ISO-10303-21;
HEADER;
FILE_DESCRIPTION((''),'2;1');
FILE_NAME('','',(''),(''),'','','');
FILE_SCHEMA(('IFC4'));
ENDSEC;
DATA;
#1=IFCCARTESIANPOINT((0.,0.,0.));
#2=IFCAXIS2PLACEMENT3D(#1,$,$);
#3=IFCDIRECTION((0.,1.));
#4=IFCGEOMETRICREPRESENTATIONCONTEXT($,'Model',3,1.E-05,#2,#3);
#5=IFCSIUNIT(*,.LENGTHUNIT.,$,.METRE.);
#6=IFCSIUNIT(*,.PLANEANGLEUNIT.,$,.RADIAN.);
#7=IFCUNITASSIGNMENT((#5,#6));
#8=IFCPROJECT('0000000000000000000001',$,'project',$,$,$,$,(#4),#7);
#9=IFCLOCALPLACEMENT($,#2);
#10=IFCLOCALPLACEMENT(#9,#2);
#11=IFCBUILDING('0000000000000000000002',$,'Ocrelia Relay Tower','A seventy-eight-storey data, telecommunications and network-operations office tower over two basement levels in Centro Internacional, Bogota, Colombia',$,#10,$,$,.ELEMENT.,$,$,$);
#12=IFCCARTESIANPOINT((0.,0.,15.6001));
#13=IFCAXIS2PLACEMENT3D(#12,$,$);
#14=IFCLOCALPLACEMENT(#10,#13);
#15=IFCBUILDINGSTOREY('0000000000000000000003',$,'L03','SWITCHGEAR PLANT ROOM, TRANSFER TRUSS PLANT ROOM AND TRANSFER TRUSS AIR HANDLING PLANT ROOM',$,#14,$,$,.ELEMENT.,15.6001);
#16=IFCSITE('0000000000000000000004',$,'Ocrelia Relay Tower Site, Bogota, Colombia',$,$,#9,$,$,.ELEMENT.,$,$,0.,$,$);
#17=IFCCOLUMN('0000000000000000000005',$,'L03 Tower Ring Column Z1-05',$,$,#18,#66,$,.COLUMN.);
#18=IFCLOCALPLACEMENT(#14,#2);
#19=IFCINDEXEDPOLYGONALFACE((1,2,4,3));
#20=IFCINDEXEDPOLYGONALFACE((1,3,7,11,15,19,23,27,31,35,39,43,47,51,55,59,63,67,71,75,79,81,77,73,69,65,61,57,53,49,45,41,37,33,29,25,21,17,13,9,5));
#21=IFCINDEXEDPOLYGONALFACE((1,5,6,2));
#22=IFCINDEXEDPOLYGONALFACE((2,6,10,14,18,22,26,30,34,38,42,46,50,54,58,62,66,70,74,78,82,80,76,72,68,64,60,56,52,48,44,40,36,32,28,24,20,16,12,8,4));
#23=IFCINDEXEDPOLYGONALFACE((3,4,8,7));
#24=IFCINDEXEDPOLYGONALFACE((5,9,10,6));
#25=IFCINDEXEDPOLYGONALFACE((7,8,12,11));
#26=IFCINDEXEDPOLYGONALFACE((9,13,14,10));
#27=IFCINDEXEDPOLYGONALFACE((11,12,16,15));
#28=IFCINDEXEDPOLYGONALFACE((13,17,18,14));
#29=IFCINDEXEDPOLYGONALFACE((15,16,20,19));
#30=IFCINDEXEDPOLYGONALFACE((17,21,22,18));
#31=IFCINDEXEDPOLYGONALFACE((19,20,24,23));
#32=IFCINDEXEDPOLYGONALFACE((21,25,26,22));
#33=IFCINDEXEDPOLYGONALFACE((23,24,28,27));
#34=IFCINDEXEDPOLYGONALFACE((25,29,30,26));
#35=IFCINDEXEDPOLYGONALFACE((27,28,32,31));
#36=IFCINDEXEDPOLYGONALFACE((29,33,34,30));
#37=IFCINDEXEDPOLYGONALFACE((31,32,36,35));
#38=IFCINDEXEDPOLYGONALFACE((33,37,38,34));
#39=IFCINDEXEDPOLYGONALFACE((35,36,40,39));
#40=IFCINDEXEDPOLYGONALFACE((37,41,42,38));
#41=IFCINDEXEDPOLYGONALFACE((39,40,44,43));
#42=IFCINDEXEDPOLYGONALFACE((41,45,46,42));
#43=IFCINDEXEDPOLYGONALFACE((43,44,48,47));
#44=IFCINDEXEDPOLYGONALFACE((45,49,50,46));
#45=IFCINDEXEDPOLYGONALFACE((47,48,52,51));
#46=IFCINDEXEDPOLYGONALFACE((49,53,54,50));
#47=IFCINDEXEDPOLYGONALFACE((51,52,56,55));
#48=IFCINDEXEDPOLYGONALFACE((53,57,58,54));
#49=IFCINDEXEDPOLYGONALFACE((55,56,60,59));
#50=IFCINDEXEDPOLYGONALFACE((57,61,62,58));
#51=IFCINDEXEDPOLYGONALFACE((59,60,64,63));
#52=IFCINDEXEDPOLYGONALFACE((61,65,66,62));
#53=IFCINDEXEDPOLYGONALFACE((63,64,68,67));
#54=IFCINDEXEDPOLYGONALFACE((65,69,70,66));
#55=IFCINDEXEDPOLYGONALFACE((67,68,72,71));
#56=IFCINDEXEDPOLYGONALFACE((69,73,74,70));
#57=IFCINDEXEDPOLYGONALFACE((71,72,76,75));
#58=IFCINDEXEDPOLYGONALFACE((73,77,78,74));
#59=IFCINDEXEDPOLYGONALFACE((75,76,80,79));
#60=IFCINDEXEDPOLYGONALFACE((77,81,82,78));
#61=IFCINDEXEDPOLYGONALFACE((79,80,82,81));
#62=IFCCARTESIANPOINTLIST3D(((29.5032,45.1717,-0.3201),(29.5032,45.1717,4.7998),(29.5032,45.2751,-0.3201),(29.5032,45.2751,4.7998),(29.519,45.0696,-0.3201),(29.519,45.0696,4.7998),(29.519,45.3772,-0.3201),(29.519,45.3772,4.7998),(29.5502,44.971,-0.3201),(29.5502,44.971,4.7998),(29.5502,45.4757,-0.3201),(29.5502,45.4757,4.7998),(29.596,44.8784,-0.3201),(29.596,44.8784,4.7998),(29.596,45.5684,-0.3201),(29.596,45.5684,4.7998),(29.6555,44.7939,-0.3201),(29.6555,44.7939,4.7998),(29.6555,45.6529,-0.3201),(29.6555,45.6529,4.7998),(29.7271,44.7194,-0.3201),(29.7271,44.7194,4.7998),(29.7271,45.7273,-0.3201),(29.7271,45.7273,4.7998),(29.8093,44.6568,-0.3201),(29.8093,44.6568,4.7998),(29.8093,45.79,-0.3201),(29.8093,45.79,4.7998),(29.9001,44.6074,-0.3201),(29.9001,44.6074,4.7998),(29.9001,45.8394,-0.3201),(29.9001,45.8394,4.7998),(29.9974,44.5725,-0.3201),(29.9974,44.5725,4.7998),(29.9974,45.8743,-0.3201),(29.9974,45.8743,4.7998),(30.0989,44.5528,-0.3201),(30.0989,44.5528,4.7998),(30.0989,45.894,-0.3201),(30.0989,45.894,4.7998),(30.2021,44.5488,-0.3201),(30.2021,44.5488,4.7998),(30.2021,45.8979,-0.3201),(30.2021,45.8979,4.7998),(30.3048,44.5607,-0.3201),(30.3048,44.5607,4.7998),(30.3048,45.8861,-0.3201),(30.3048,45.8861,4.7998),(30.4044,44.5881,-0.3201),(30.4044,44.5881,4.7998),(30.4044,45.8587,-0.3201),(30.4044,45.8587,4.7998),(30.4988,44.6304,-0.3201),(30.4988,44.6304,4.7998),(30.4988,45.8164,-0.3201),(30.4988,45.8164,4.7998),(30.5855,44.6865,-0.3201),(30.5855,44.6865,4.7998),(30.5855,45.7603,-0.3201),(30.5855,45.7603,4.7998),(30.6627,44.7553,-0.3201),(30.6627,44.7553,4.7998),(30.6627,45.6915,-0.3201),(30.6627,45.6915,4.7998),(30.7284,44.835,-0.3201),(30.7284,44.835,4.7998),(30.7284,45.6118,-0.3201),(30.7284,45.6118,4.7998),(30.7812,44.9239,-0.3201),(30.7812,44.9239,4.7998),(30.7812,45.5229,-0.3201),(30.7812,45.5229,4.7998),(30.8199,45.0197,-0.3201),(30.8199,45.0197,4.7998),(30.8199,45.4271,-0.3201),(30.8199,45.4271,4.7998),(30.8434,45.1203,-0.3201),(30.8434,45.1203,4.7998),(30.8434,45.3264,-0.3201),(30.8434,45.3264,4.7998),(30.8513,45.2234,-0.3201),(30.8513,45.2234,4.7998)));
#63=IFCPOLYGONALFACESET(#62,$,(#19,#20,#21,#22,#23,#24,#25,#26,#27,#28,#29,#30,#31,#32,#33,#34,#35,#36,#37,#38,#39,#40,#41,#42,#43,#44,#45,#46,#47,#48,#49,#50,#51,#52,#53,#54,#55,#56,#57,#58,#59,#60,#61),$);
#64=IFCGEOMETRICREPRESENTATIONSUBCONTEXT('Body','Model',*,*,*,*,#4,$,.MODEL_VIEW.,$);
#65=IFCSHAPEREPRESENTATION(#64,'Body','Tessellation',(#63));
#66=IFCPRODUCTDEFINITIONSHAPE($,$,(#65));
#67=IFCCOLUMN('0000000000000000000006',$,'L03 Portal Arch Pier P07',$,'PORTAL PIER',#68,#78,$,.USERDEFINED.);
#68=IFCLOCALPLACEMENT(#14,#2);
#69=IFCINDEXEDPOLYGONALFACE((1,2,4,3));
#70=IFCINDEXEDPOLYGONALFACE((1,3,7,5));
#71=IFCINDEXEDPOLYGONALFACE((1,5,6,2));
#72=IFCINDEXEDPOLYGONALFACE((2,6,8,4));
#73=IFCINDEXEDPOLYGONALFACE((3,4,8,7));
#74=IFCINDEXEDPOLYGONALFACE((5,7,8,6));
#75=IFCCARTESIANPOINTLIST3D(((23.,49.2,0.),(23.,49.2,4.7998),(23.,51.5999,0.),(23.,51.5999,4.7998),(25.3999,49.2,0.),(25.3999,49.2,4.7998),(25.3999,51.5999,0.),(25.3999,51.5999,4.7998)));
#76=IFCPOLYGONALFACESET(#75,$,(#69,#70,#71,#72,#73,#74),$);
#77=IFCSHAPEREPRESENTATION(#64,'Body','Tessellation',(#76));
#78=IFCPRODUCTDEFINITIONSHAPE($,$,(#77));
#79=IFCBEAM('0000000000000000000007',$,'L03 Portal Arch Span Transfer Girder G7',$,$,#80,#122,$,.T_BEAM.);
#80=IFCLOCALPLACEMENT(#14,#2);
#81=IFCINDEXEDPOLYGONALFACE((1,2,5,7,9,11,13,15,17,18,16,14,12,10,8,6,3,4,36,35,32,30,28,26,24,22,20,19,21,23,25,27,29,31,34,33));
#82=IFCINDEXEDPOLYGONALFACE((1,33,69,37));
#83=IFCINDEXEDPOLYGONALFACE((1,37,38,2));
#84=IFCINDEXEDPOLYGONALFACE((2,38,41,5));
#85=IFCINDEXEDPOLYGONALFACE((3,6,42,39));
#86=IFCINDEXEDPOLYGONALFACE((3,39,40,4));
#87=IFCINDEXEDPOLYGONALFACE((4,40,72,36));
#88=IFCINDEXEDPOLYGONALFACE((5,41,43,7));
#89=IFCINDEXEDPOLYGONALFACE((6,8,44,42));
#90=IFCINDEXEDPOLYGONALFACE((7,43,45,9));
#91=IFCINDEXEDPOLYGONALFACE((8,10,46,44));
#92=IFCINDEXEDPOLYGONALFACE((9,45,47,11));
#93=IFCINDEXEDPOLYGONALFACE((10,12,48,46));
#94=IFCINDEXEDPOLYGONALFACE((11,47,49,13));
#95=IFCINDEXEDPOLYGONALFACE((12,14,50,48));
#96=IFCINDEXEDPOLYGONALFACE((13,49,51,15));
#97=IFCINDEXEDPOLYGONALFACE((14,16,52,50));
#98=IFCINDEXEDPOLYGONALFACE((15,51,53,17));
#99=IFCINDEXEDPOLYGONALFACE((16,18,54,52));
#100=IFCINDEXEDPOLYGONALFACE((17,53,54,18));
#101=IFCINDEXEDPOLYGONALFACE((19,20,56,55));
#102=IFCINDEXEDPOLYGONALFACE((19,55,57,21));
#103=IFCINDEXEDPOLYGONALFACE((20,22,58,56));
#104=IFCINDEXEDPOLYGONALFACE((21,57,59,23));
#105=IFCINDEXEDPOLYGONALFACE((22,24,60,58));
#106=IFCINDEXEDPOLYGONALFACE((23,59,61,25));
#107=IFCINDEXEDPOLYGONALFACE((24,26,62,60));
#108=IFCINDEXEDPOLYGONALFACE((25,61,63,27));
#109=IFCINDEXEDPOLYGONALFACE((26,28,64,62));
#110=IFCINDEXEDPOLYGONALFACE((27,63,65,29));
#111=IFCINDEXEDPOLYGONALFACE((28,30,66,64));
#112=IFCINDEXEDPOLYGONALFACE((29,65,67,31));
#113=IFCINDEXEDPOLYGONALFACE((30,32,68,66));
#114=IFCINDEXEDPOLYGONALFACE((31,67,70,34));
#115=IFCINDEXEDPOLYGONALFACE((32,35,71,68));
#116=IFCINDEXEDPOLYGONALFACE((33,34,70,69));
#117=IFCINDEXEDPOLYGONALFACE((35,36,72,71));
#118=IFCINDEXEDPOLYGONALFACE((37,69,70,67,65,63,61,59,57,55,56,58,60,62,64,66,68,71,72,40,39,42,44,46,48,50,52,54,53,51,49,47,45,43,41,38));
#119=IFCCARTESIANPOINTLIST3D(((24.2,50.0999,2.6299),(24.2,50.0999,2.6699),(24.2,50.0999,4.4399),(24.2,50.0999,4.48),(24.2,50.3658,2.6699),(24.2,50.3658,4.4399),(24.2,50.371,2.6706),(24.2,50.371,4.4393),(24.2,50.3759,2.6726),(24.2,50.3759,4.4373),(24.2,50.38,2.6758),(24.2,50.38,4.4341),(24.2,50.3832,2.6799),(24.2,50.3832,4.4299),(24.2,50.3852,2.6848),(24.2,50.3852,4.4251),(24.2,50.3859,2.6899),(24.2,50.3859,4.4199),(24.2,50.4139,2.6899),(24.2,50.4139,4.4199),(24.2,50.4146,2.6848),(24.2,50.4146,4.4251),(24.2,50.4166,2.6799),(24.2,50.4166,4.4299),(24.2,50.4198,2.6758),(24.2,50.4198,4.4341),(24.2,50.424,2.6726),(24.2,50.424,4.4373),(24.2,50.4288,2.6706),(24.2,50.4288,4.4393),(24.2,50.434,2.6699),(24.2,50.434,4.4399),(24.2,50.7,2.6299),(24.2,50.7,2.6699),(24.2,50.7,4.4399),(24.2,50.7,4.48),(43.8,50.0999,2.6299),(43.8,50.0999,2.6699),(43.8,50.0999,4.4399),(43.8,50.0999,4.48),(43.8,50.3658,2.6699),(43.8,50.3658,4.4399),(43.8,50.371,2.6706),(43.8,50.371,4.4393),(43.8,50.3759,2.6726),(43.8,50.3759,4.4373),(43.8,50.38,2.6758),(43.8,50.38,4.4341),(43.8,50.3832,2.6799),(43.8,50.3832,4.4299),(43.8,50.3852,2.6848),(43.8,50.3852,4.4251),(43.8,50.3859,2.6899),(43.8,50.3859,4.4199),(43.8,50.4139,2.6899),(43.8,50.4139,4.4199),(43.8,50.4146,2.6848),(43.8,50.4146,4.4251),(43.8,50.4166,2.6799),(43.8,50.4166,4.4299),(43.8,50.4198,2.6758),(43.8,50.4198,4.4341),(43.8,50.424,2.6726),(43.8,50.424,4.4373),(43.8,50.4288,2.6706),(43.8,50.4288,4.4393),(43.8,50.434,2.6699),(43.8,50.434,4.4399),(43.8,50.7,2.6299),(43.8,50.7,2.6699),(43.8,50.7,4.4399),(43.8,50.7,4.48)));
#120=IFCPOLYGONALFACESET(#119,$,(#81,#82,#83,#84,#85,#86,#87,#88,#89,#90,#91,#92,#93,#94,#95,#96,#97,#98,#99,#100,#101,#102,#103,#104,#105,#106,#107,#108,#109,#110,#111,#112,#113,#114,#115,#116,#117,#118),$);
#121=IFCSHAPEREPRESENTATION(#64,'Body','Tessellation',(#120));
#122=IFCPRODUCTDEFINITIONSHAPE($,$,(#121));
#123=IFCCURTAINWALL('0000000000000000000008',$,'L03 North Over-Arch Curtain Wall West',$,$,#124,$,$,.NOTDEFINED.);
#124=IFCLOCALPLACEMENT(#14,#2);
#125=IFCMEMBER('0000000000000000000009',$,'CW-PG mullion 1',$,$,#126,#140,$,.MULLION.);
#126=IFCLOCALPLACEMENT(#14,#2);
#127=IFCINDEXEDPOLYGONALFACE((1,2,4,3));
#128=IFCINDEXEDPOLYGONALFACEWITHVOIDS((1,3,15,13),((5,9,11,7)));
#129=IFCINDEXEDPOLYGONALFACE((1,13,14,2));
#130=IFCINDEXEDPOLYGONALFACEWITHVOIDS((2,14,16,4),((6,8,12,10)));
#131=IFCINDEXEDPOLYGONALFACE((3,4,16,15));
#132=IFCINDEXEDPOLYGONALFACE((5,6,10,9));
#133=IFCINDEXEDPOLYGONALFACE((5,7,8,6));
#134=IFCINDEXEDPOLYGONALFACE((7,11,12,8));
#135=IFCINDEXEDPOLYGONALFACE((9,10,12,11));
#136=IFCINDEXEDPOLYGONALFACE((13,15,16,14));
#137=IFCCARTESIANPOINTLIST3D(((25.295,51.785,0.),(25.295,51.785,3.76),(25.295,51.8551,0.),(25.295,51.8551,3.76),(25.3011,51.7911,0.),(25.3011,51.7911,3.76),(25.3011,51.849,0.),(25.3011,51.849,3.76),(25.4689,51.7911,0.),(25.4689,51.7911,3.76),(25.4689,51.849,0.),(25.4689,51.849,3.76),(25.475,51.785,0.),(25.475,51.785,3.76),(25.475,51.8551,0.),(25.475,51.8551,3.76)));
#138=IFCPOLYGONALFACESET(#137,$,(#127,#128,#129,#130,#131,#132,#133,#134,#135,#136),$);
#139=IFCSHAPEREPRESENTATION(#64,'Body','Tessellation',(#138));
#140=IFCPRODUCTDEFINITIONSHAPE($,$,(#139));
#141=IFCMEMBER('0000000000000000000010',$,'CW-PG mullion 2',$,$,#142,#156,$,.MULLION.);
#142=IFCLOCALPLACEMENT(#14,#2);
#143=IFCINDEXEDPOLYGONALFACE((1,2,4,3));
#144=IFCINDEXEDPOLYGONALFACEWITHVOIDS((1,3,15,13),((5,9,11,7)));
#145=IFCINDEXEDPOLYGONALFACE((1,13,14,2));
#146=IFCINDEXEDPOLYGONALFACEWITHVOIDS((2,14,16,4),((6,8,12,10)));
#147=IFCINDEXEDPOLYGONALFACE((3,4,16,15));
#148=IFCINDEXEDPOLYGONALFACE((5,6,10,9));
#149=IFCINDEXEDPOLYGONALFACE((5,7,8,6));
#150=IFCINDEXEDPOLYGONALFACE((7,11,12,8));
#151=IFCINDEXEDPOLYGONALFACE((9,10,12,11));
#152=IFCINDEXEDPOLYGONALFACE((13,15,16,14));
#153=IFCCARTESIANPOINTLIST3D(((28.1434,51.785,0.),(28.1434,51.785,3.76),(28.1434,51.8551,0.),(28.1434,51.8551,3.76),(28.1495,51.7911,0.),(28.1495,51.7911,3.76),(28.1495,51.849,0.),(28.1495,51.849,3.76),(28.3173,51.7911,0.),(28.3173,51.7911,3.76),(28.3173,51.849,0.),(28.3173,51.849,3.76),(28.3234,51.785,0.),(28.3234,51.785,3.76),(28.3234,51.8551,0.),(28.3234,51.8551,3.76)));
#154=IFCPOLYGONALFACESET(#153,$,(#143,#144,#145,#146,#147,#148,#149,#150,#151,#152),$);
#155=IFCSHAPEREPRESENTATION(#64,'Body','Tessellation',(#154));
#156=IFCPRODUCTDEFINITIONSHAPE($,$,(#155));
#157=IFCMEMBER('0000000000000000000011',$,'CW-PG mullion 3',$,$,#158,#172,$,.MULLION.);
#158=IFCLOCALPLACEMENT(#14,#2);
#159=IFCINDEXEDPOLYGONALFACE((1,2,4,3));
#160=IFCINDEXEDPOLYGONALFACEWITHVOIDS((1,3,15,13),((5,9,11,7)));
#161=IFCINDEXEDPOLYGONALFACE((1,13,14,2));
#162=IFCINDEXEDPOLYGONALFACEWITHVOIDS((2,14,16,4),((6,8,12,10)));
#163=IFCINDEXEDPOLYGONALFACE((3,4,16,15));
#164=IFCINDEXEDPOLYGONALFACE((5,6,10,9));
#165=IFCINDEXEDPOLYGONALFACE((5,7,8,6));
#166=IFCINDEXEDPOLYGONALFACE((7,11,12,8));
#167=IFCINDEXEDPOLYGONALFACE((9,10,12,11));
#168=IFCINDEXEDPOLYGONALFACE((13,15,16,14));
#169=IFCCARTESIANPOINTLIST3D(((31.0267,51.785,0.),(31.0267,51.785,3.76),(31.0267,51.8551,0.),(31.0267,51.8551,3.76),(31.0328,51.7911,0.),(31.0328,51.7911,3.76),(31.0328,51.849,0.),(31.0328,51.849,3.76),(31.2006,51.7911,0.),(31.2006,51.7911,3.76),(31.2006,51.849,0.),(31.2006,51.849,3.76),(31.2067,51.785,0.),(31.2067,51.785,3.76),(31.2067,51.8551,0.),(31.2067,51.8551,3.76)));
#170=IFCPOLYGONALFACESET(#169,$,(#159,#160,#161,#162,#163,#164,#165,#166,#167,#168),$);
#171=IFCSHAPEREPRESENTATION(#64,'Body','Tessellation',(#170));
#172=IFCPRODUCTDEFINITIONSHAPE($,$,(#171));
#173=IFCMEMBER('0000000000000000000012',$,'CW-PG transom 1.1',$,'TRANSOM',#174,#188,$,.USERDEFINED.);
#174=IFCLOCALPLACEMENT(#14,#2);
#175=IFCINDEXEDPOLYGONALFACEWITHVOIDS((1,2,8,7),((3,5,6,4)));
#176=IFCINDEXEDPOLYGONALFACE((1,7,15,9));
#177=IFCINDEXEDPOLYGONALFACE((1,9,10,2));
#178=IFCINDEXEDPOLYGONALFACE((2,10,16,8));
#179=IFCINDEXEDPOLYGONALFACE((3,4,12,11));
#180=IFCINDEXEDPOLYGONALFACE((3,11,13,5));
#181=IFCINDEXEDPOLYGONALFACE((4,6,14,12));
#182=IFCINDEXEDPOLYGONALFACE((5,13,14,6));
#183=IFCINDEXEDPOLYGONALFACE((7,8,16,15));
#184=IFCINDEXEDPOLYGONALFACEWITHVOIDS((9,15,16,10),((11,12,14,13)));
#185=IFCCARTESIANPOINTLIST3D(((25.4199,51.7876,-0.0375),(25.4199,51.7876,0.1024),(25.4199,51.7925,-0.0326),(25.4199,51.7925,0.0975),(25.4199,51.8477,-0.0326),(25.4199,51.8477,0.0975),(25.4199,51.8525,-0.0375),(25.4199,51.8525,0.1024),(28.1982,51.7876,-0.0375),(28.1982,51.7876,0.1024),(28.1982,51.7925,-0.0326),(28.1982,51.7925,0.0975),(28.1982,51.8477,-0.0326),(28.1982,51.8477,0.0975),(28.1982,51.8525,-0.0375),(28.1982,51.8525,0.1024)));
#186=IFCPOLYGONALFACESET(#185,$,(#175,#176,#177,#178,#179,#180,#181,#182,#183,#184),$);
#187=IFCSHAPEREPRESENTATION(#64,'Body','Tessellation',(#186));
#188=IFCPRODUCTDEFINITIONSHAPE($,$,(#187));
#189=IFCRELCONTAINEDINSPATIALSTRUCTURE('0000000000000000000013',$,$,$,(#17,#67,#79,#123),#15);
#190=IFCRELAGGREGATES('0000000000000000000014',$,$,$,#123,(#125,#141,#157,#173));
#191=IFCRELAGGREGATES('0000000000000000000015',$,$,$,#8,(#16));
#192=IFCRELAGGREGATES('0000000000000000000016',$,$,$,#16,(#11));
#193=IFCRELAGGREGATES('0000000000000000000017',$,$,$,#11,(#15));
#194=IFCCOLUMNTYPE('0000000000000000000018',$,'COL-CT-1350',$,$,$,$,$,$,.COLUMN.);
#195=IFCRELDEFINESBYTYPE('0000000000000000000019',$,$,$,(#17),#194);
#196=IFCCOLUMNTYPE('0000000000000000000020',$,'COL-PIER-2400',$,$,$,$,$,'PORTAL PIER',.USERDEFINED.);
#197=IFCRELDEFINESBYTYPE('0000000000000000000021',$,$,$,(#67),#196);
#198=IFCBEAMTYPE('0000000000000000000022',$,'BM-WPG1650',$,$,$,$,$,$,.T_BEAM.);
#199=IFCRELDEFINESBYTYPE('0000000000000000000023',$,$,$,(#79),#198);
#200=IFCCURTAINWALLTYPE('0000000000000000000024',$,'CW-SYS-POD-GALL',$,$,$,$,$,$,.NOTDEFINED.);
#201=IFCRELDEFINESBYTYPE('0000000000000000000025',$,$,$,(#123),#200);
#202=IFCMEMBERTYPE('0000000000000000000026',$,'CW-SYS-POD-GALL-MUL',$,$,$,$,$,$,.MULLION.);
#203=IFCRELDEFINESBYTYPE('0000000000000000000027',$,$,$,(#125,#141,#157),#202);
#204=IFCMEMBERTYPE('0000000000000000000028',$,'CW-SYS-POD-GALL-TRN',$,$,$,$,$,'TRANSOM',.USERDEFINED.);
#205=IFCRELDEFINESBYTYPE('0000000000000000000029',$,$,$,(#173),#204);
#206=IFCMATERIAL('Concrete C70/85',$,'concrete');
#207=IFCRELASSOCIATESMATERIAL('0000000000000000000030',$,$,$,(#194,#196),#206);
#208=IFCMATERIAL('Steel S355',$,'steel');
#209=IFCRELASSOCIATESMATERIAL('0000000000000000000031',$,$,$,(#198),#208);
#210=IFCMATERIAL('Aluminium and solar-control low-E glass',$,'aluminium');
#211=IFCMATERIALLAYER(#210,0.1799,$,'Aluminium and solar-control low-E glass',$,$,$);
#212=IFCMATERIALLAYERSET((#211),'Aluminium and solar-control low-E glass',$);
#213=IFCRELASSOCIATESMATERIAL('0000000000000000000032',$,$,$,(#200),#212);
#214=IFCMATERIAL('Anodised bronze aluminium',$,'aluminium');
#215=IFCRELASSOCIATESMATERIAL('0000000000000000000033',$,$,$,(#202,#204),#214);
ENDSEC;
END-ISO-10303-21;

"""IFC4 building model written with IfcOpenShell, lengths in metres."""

from ifc_helpers import new_model, si_unit, direction, frame, origin, origin_2d, place, context, subcontext, project, spatial, rectangle, hollow_rectangle, circle, i_section, extrude, material, layer, layer_set, material_profile, profile_set, type_object, element, aggregate, save


model = new_model("IFC4")

# Units and contexts
model_context = context("Model", 3, precision=1e-05, world=origin(), true_north=direction((0.0, 1.0)))
body_context = subcontext(model_context, "Body", "Model", "MODEL_VIEW")
ifc_project = project(units=[si_unit("LENGTHUNIT", "METRE"), si_unit("PLANEANGLEUNIT", "RADIAN")], contexts=[model_context])

# Site, building, storey
site_placement = place(None, origin())
site = spatial("IfcSite", under=ifc_project, at=site_placement, Name="Ocrelia Relay Tower Site, Bogota, Colombia", CompositionType="ELEMENT", RefElevation=0.0)
building_placement = place(site_placement, origin())
building = spatial("IfcBuilding", under=site, at=building_placement, Name="Ocrelia Relay Tower", Description="A seventy-eight-storey data, telecommunications and network-operations office tower over two basement levels in Centro Internacional, Bogota, Colombia", CompositionType="ELEMENT")
storey_placement = place(building_placement, frame((0.0, 0.0, 15.6001)))
storey = spatial("IfcBuildingStorey", under=building, at=storey_placement, Name="L03", Description="SWITCHGEAR PLANT ROOM, TRANSFER TRUSS PLANT ROOM AND TRANSFER TRUSS AIR HANDLING PLANT ROOM", CompositionType="ELEMENT", Elevation=15.6001)

# Columns
ifc_material_1 = material(Name="Concrete C70/85", Category="concrete")
ifc_material_profile_1 = material_profile(ifc_material_1, circle(Radius=0.675, at=origin_2d()), Name="RC-CIR-1350")
ifc_profile_set_1 = profile_set([ifc_material_profile_1], Name="Concrete C70/85")
column_type_1 = type_object("IfcColumnType", Name="COL-CT-1350", PredefinedType="COLUMN", material=ifc_profile_set_1)
column_1_placement = place(storey_placement, frame((30.1763, 45.2234, -0.3201), z_axis=(0.0, 0.0, 1.0), x_axis=(1.0, 0.0, 0.0)))
element("IfcColumn", 1, at=column_1_placement, inside=storey, type_object=column_type_1, Name="L03 Tower Ring Column Z1-05", PredefinedType="COLUMN", context=body_context, shape_type="SweptSolid", body=[
    extrude(circle(Radius=0.675, at=origin_2d()), origin(), (0.0, 0.0, 1.0), 5.1199),
])
ifc_material_profile_2 = material_profile(ifc_material_1, rectangle(XDim=2.3999, YDim=2.3999, at=origin_2d()), Name="RC-PIER-2400x2400")
ifc_profile_set_2 = profile_set([ifc_material_profile_2], Name="Concrete C70/85")
column_type_2 = type_object("IfcColumnType", Name="COL-PIER-2400", ElementType="PORTAL PIER", PredefinedType="USERDEFINED", material=ifc_profile_set_2)
column_2_placement = place(storey_placement, frame((24.2, 50.3999, 0.0), z_axis=(0.0, 0.0, 1.0), x_axis=(1.0, 0.0, 0.0)))
element("IfcColumn", 2, at=column_2_placement, inside=storey, type_object=column_type_2, Name="L03 Portal Arch Pier P07", ObjectType="PORTAL PIER", PredefinedType="USERDEFINED", context=body_context, shape_type="SweptSolid", body=[
    extrude(rectangle(XDim=2.3999, YDim=2.3999, at=origin_2d()), origin(), (0.0, 0.0, 1.0), 4.7998),
])

# Beam
ifc_material_2 = material(Name="Steel S355", Category="steel")
ifc_material_profile_3 = material_profile(ifc_material_2, i_section(OverallWidth=0.6001, OverallDepth=1.8501, WebThickness=0.0281, FlangeThickness=0.04, FilletRadius=0.02, at=origin_2d()), Name="WPG 1850x600")
ifc_profile_set_3 = profile_set([ifc_material_profile_3], Name="Steel S355")
beam_type = type_object("IfcBeamType", Name="BM-WPG1650", PredefinedType="T_BEAM", material=ifc_profile_set_3)
beam_placement = place(storey_placement, frame((24.2, 50.3999, 3.5549), z_axis=(1.0, 0.0, 0.0), x_axis=(0.0, 1.0, 0.0)))
element("IfcBeam", 3, at=beam_placement, inside=storey, type_object=beam_type, Name="L03 Portal Arch Span Transfer Girder G7", PredefinedType="T_BEAM", context=body_context, shape_type="SweptSolid", body=[
    extrude(i_section(OverallWidth=0.6001, OverallDepth=1.8501, WebThickness=0.0281, FlangeThickness=0.04, FilletRadius=0.02, at=origin_2d()), origin(), (0.0, 0.0, 1.0), 19.6001),
])

# Curtain wall, members
ifc_material_3 = material(Name="Aluminium and solar-control low-E glass", Category="aluminium")
ifc_layer_1 = layer(ifc_material_3, 0.1799, Name="Aluminium and solar-control low-E glass")
ifc_layer_set_1 = layer_set([ifc_layer_1], Name="Aluminium and solar-control low-E glass")
curtain_wall_type = type_object("IfcCurtainWallType", Name="CW-SYS-POD-GALL", PredefinedType="NOTDEFINED", material=ifc_layer_set_1)
curtain_wall_placement = place(storey_placement, origin())
curtain_wall = element("IfcCurtainWall", 4, at=curtain_wall_placement, inside=storey, type_object=curtain_wall_type, Name="L03 North Over-Arch Curtain Wall West", PredefinedType="NOTDEFINED")
ifc_material_4 = material(Name="Anodised bronze aluminium", Category="aluminium")
ifc_material_profile_4 = material_profile(ifc_material_4, hollow_rectangle(XDim=0.0701, YDim=0.1799, WallThickness=0.0061, at=origin_2d()), Name="CW-MUL-180x70")
ifc_profile_set_4 = profile_set([ifc_material_profile_4], Name="Anodised bronze aluminium")
member_type_1 = type_object("IfcMemberType", Name="CW-SYS-POD-GALL-MUL", PredefinedType="MULLION", material=ifc_profile_set_4)
member_1_placement = place(storey_placement, frame((25.385, 51.8201, 0.0), z_axis=(0.0, 0.0, 1.0), x_axis=(0.0, 1.0, 0.0)))
member_1 = element("IfcMember", 5, at=member_1_placement, type_object=member_type_1, Name="CW-PG mullion 1", PredefinedType="MULLION", context=body_context, shape_type="SweptSolid", body=[
    extrude(hollow_rectangle(XDim=0.0701, YDim=0.1799, WallThickness=0.0061, at=origin_2d()), origin(), (0.0, 0.0, 1.0), 3.76),
])
member_2_placement = place(storey_placement, frame((28.2334, 51.8201, 0.0), z_axis=(0.0, 0.0, 1.0), x_axis=(0.0, 1.0, 0.0)))
member_2 = element("IfcMember", 6, at=member_2_placement, type_object=member_type_1, Name="CW-PG mullion 2", PredefinedType="MULLION", context=body_context, shape_type="SweptSolid", body=[
    extrude(hollow_rectangle(XDim=0.0701, YDim=0.1799, WallThickness=0.0061, at=origin_2d()), origin(), (0.0, 0.0, 1.0), 3.76),
])
member_3_placement = place(storey_placement, frame((31.1167, 51.8201, 0.0), z_axis=(0.0, 0.0, 1.0), x_axis=(0.0, 1.0, 0.0)))
member_3 = element("IfcMember", 7, at=member_3_placement, type_object=member_type_1, Name="CW-PG mullion 3", PredefinedType="MULLION", context=body_context, shape_type="SweptSolid", body=[
    extrude(hollow_rectangle(XDim=0.0701, YDim=0.1799, WallThickness=0.0061, at=origin_2d()), origin(), (0.0, 0.0, 1.0), 3.76),
])
ifc_material_profile_5 = material_profile(ifc_material_4, hollow_rectangle(XDim=0.0649, YDim=0.1399, WallThickness=0.0049, at=origin_2d()), Name="CW-TRN-140x65")
ifc_profile_set_5 = profile_set([ifc_material_profile_5], Name="Anodised bronze aluminium")
member_type_2 = type_object("IfcMemberType", Name="CW-SYS-POD-GALL-TRN", ElementType="TRANSOM", PredefinedType="USERDEFINED", material=ifc_profile_set_5)
member_4_placement = place(storey_placement, frame((25.4199, 51.8201, 0.0325), z_axis=(1.0, 0.0, 0.0), x_axis=(0.0, 1.0, 0.0)))
member_4 = element("IfcMember", 8, at=member_4_placement, type_object=member_type_2, Name="CW-PG transom 1.1", ObjectType="TRANSOM", PredefinedType="USERDEFINED", context=body_context, shape_type="SweptSolid", body=[
    extrude(hollow_rectangle(XDim=0.0649, YDim=0.1399, WallThickness=0.0049, at=origin_2d()), origin(), (0.0, 0.0, 1.0), 2.7783),
])

aggregate(curtain_wall, [member_1, member_2, member_3, member_4])

save(model, "model.ifc")
